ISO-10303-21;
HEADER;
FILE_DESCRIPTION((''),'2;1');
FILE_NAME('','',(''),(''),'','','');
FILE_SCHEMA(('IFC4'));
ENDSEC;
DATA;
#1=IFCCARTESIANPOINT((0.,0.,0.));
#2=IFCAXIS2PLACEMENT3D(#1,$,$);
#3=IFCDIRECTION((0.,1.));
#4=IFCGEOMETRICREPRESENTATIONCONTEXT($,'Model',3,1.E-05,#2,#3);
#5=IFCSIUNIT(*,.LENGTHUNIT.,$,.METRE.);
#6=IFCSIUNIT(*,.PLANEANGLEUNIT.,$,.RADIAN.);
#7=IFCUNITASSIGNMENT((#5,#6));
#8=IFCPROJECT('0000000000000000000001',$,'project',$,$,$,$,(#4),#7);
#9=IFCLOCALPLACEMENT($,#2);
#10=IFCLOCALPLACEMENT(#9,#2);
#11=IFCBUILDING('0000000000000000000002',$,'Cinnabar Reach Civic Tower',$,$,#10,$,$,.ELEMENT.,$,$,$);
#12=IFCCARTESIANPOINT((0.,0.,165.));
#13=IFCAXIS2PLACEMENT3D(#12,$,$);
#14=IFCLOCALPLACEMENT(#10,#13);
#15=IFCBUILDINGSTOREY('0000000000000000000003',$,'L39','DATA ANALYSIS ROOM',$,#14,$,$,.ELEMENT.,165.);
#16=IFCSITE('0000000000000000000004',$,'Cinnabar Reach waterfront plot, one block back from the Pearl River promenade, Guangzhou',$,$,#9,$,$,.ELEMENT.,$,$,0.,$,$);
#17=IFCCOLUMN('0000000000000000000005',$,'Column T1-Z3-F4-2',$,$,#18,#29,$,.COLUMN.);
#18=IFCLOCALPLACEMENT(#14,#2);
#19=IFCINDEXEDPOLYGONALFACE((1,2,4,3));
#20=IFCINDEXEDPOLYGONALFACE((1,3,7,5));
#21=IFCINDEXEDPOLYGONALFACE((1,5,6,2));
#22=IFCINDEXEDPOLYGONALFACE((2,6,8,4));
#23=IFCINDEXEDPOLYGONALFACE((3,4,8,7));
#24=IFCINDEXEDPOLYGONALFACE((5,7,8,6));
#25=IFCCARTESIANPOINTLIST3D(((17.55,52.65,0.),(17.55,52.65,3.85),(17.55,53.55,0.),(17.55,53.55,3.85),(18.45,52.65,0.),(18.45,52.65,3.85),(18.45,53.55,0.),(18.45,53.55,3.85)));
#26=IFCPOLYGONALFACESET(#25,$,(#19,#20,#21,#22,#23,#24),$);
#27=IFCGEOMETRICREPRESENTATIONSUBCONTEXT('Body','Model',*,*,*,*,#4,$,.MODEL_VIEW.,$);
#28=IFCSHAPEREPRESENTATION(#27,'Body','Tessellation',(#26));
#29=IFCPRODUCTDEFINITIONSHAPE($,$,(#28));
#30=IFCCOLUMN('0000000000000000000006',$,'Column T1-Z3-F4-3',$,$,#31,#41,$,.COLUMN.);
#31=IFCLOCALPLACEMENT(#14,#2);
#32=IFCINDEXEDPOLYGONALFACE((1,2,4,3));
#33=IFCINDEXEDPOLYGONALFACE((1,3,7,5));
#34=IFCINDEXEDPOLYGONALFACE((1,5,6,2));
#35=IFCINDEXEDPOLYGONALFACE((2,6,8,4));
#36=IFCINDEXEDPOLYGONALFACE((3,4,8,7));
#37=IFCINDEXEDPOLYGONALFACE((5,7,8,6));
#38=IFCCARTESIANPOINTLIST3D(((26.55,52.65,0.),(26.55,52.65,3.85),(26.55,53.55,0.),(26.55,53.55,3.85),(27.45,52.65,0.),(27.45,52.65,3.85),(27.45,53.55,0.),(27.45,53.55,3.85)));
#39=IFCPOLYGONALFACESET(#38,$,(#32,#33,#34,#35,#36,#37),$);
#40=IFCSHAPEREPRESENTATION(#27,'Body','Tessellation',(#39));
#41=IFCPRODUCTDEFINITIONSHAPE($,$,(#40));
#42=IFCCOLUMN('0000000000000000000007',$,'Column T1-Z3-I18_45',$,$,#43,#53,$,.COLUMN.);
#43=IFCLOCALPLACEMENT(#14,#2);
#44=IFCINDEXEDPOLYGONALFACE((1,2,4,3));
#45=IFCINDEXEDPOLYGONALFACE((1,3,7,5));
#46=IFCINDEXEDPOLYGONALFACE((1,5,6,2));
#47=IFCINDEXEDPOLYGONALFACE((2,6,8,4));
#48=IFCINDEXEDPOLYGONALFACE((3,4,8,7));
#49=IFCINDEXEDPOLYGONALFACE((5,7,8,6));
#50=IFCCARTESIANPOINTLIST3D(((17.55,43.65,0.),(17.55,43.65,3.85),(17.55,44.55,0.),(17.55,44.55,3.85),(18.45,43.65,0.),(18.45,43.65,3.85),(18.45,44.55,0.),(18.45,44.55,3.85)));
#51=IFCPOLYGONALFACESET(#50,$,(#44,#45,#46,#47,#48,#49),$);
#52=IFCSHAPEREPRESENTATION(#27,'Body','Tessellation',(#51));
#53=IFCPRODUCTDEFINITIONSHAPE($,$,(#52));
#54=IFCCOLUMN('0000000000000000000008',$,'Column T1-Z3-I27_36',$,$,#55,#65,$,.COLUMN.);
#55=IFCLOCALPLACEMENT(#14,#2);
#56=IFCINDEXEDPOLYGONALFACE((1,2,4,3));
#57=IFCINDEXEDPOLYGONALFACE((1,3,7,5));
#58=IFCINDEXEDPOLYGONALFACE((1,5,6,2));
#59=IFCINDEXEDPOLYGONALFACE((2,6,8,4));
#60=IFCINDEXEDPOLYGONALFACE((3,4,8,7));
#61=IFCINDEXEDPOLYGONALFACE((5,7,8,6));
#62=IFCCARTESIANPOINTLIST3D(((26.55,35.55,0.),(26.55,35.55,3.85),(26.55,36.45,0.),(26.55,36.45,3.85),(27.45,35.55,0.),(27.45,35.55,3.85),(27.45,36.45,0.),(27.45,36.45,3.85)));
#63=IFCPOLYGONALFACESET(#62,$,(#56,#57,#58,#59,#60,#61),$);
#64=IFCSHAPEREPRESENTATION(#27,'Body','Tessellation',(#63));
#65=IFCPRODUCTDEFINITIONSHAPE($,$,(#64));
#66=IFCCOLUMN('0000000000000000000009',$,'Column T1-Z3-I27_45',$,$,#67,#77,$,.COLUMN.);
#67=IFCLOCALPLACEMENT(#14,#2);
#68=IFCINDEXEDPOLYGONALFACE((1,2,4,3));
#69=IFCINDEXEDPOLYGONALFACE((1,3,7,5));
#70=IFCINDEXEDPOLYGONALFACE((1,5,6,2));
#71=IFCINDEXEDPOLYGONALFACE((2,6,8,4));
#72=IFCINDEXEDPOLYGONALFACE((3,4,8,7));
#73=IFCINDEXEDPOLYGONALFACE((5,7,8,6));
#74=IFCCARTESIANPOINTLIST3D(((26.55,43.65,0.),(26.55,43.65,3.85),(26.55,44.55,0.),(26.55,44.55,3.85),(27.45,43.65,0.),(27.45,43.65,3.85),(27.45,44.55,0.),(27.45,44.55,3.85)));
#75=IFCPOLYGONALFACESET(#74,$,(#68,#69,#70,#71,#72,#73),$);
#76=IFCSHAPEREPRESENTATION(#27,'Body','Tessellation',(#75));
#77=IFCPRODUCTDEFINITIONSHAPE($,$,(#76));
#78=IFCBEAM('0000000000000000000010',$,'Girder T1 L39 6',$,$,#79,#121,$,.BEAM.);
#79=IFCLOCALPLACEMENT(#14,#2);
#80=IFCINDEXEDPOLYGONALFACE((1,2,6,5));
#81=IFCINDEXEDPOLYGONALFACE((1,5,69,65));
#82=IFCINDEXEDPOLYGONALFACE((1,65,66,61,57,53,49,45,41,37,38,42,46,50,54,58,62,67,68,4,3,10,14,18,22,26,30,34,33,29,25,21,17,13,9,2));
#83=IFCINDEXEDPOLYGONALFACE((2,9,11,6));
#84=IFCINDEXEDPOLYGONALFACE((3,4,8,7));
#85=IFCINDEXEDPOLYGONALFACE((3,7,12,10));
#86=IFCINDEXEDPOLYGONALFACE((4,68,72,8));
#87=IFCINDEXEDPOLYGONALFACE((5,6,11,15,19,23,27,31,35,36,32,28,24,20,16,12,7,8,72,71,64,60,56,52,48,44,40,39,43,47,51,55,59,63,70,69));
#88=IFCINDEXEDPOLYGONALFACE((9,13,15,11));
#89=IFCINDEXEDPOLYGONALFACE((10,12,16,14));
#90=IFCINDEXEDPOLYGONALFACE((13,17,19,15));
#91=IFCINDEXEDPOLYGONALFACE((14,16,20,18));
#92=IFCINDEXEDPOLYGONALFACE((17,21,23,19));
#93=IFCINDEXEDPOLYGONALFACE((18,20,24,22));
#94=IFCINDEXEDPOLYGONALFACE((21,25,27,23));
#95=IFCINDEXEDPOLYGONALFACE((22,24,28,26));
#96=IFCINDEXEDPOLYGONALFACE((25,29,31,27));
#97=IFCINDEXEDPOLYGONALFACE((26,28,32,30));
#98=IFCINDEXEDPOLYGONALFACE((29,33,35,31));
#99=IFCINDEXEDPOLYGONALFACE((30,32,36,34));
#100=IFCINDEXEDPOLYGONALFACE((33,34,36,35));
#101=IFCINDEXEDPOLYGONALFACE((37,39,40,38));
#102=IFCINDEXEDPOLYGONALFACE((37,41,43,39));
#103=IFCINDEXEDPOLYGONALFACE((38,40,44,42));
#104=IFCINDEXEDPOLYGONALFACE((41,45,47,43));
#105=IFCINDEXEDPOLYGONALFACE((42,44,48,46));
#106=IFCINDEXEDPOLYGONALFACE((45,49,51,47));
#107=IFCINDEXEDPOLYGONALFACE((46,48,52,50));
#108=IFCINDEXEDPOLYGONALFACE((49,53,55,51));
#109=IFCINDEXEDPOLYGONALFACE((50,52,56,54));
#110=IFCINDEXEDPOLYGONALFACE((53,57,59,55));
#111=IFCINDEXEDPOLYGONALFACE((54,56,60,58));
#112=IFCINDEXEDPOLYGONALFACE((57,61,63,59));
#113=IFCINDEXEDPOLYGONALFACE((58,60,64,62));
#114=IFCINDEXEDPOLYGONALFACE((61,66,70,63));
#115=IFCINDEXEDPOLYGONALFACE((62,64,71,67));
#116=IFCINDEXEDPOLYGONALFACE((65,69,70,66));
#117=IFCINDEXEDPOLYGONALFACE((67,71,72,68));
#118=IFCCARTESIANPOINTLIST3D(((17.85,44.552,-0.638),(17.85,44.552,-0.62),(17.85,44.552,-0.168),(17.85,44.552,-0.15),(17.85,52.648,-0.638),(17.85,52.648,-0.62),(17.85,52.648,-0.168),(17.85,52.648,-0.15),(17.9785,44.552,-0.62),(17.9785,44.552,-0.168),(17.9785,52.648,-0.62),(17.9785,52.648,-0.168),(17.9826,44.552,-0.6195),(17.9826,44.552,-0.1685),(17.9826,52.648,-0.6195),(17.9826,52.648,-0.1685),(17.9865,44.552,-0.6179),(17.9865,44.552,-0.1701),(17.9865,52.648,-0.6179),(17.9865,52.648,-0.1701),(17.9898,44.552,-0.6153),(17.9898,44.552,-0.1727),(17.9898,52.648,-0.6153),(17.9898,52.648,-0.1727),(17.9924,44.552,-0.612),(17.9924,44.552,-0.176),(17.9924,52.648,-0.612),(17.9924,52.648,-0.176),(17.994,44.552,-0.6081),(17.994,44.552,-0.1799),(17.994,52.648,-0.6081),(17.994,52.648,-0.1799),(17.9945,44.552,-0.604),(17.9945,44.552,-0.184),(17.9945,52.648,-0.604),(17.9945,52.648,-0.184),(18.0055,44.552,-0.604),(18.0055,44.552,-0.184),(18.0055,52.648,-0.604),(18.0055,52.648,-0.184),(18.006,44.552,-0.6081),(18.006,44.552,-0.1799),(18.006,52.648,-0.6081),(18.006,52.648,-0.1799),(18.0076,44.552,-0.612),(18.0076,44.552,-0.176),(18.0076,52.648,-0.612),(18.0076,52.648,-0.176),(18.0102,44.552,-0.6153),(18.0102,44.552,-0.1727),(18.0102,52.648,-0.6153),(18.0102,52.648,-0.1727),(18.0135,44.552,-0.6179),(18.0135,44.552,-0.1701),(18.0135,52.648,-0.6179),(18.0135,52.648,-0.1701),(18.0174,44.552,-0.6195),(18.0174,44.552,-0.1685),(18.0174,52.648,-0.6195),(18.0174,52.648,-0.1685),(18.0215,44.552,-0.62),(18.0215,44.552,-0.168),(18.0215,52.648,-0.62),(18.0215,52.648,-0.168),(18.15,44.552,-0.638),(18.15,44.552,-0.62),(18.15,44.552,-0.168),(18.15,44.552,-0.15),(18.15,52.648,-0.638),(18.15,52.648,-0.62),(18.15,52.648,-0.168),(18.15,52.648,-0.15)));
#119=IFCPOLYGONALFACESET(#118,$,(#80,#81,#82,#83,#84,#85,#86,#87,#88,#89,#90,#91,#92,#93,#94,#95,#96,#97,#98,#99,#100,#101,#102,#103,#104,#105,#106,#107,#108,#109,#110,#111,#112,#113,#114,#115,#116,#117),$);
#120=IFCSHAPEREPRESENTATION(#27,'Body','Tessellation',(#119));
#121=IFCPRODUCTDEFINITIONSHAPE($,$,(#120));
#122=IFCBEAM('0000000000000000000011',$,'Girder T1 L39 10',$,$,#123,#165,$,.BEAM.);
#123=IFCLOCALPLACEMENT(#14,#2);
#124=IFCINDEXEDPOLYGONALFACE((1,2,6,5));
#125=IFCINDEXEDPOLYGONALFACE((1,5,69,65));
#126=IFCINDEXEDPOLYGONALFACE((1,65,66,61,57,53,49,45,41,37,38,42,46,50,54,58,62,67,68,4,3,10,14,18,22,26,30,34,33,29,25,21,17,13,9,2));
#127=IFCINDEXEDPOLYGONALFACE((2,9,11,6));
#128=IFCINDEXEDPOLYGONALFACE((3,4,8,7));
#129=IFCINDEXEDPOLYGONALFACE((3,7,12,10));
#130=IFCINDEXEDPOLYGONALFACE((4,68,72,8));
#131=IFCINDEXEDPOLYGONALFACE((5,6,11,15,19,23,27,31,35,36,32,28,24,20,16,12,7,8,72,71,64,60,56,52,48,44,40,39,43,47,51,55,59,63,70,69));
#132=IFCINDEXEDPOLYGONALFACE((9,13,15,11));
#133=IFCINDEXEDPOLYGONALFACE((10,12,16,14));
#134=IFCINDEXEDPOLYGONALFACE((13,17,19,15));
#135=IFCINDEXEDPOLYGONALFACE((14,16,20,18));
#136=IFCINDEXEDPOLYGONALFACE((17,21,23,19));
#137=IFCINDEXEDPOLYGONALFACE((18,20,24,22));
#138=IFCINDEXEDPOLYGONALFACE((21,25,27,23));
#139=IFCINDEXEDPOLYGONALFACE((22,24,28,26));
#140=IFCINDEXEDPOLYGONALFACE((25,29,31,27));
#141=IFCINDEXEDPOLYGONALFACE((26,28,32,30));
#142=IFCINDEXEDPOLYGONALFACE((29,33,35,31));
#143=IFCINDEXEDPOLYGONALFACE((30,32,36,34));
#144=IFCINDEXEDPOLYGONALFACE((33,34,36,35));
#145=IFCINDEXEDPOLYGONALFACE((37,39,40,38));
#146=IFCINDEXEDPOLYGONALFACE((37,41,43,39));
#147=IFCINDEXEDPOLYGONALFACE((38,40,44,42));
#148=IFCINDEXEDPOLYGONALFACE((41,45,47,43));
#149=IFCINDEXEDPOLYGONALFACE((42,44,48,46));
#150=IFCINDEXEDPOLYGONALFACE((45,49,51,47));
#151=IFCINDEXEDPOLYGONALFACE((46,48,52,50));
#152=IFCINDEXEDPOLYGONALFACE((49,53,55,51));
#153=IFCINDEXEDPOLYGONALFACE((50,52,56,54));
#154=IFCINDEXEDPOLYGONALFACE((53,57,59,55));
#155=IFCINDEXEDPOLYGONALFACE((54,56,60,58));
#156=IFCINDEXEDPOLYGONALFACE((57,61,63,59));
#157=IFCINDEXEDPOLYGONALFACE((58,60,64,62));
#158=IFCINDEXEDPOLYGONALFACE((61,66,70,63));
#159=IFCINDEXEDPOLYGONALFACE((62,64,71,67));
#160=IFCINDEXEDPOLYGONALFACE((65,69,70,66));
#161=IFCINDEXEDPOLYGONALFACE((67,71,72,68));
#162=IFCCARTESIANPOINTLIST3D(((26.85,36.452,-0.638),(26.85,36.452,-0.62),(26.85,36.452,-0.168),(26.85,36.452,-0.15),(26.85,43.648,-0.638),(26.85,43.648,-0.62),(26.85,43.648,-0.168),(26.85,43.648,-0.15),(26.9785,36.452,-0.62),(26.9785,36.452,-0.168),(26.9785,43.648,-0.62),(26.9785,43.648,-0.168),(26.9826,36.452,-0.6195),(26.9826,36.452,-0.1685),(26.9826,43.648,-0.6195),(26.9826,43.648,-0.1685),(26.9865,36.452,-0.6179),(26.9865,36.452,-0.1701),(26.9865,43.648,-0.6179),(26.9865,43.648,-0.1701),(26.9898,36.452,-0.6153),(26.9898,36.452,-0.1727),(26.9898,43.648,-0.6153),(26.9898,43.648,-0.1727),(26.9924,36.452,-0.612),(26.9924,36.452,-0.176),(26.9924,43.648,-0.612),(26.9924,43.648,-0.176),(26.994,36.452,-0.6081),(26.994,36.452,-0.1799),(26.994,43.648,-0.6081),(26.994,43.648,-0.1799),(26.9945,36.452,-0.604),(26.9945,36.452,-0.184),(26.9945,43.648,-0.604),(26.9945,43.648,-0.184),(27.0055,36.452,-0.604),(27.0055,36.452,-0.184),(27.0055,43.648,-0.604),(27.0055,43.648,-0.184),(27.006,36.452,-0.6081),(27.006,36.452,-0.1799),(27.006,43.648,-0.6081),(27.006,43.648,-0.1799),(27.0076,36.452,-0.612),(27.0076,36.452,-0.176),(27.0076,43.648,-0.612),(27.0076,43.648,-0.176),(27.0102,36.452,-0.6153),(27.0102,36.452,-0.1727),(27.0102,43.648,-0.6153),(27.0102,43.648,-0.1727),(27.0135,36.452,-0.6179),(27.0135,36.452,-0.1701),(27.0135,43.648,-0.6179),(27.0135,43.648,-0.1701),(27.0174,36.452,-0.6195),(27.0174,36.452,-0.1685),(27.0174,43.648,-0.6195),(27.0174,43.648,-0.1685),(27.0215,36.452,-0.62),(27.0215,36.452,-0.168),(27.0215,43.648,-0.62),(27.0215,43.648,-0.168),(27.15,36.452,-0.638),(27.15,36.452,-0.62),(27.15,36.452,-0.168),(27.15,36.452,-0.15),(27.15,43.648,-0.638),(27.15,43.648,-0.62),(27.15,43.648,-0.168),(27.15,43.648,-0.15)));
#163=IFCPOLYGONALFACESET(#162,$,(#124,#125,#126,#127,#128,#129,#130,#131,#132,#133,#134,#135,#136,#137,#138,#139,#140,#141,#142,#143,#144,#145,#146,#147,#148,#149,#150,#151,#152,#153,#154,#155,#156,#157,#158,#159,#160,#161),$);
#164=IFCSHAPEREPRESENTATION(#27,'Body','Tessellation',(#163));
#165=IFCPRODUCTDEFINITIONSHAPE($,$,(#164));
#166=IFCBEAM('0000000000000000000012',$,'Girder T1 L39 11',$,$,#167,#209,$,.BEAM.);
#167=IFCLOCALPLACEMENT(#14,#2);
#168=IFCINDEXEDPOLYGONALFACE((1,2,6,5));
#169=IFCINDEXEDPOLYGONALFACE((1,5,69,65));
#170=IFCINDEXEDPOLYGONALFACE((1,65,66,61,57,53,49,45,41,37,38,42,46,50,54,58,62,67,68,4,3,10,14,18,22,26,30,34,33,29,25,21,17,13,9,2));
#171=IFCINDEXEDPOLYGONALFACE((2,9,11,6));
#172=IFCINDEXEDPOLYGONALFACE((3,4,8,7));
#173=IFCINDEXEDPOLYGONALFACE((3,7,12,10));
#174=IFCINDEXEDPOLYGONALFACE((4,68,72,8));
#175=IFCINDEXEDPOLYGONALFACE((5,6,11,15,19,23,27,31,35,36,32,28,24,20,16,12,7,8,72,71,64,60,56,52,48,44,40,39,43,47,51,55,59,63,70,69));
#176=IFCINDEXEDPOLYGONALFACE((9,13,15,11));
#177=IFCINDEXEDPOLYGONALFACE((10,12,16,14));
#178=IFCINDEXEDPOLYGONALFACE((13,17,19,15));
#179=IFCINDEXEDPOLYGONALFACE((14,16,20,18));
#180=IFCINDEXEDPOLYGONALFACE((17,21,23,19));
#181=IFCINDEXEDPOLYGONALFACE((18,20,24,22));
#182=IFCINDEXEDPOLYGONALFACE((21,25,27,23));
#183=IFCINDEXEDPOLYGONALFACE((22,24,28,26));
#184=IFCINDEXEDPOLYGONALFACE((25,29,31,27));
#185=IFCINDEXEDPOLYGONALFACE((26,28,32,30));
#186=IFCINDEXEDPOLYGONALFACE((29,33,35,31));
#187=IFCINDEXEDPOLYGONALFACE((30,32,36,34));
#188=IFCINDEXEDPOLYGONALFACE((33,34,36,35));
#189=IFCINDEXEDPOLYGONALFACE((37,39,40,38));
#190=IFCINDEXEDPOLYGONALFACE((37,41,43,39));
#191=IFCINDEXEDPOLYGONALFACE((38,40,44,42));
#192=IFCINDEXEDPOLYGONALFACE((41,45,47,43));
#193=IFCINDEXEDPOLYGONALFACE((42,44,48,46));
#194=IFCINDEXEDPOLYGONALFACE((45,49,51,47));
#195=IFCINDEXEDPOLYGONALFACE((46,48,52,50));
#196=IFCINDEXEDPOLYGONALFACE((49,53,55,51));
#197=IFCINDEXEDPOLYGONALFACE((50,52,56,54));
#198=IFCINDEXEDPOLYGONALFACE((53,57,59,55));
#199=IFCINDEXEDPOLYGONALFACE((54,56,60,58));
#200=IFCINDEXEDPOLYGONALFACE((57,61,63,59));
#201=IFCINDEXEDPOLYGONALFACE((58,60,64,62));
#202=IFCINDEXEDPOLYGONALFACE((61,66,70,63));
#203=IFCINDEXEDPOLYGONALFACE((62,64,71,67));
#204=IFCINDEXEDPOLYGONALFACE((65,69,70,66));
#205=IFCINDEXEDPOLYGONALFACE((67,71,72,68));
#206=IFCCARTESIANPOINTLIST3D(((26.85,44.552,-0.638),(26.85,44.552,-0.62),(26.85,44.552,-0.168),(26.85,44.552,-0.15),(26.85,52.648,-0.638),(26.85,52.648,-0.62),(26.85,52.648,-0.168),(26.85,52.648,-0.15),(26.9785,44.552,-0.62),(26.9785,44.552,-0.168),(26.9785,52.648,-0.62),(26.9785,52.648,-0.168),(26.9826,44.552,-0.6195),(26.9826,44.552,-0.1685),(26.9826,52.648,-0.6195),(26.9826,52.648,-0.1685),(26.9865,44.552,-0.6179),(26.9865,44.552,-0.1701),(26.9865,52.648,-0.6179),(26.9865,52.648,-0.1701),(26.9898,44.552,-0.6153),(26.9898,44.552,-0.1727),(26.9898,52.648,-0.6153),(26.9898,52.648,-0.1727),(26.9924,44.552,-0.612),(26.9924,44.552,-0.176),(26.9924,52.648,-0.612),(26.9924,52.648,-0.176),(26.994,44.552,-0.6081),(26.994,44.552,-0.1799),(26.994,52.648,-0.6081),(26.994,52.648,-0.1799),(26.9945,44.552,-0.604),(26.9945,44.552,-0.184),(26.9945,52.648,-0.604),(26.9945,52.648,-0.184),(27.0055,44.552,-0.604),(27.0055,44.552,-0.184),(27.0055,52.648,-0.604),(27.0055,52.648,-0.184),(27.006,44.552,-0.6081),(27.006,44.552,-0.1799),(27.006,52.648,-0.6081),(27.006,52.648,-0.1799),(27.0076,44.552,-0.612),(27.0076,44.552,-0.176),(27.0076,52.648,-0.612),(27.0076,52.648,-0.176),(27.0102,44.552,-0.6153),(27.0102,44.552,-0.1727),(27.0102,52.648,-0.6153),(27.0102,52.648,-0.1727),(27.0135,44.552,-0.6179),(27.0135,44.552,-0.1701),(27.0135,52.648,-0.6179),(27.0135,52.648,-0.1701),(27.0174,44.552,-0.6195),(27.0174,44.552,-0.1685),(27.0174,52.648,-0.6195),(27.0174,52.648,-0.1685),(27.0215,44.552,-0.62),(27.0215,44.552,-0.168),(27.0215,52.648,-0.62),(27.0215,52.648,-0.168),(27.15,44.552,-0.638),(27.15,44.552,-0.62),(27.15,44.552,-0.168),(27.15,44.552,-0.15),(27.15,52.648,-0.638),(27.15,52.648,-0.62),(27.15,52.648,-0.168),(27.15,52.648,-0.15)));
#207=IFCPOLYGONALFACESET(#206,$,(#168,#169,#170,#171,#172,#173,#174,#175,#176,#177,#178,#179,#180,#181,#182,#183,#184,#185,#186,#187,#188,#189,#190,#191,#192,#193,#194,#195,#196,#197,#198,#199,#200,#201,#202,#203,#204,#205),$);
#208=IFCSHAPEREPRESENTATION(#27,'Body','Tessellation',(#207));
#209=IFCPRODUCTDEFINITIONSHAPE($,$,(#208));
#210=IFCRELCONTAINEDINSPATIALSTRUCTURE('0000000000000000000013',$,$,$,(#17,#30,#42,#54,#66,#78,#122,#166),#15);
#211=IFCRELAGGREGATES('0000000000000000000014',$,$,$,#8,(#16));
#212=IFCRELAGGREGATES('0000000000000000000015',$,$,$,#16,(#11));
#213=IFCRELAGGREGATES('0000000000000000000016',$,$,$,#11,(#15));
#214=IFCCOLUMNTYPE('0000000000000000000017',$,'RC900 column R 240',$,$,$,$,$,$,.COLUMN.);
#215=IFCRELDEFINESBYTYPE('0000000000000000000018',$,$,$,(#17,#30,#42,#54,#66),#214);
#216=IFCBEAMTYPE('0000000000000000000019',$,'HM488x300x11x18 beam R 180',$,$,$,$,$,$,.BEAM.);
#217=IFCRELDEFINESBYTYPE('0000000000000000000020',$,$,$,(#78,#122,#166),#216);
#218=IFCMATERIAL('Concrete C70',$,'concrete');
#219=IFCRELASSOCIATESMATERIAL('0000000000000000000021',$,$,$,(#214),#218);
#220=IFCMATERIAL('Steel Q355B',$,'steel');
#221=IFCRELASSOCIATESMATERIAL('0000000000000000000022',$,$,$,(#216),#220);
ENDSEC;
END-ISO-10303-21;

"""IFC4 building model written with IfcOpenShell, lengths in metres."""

from ifc_helpers import new_model, si_unit, direction, frame, origin, origin_2d, place, context, subcontext, project, spatial, rectangle, i_section, extrude, material, material_profile, profile_set, type_object, element, save


model = new_model("IFC4")

# Units and contexts
model_context = context("Model", 3, precision=1e-05, world=origin(), true_north=direction((0.0, 1.0)))
body_context = subcontext(model_context, "Body", "Model", "MODEL_VIEW")
ifc_project = project(units=[si_unit("LENGTHUNIT", "METRE"), si_unit("PLANEANGLEUNIT", "RADIAN")], contexts=[model_context])

# Site, building, storey
site_placement = place(None, origin())
site = spatial("IfcSite", under=ifc_project, at=site_placement, Name="Cinnabar Reach waterfront plot, one block back from the Pearl River promenade, Guangzhou", CompositionType="ELEMENT", RefElevation=0.0)
building_placement = place(site_placement, origin())
building = spatial("IfcBuilding", under=site, at=building_placement, Name="Cinnabar Reach Civic Tower", CompositionType="ELEMENT")
storey_placement = place(building_placement, frame((0.0, 0.0, 165.0)))
storey = spatial("IfcBuildingStorey", under=building, at=storey_placement, Name="L39", Description="DATA ANALYSIS ROOM", CompositionType="ELEMENT", Elevation=165.0)

# Columns
ifc_material_1 = material(Name="Concrete C70", Category="concrete")
ifc_material_profile_1 = material_profile(ifc_material_1, rectangle(XDim=0.9, YDim=0.9, at=origin_2d()), Name="RC900")
ifc_profile_set_1 = profile_set([ifc_material_profile_1], Name="Concrete C70")
column_type = type_object("IfcColumnType", Name="RC900 column R 240", PredefinedType="COLUMN", material=ifc_profile_set_1)
for number, where, z_axis, x_axis, name in (
    (1, (18.0, 53.1, 0.0), (0.0, 0.0, 1.0), (1.0, 0.0, 0.0), "Column T1-Z3-F4-2"),
    (2, (27.0, 53.1, 0.0), (0.0, 0.0, 1.0), (1.0, 0.0, 0.0), "Column T1-Z3-F4-3"),
    (3, (18.0, 44.1, 0.0), (0.0, 0.0, 1.0), (1.0, 0.0, 0.0), "Column T1-Z3-I18_45"),
    (4, (27.0, 36.0, 0.0), (0.0, 0.0, 1.0), (1.0, 0.0, 0.0), "Column T1-Z3-I27_36"),
    (5, (27.0, 44.1, 0.0), (0.0, 0.0, 1.0), (1.0, 0.0, 0.0), "Column T1-Z3-I27_45"),
):
    element("IfcColumn", number, at=place(storey_placement, frame(where, z_axis=z_axis, x_axis=x_axis)), inside=storey, type_object=column_type, Name=name, PredefinedType="COLUMN", context=body_context, shape_type="SweptSolid", body=[
        extrude(rectangle(XDim=0.9, YDim=0.9, at=origin_2d()), origin(), (0.0, 0.0, 1.0), 3.85),
    ])

# Beams
ifc_material_2 = material(Name="Steel Q355B", Category="steel")
ifc_material_profile_2 = material_profile(ifc_material_2, i_section(OverallWidth=0.3, OverallDepth=0.488, WebThickness=0.011, FlangeThickness=0.018, FilletRadius=0.016, at=origin_2d()), Name="HM488x300x11x18")
ifc_profile_set_2 = profile_set([ifc_material_profile_2], Name="Steel Q355B")
beam_type_1 = type_object("IfcBeamType", Name="HM488x300x11x18 beam R 180", PredefinedType="BEAM", material=ifc_profile_set_2)
beam_1_placement = place(storey_placement, frame((18.0, 44.552, -0.394), z_axis=(0.0, 1.0, 0.0), x_axis=(-1.0, 0.0, 0.0)))
element("IfcBeam", 6, at=beam_1_placement, inside=storey, type_object=beam_type_1, Name="Girder T1 L39 6", PredefinedType="BEAM", context=body_context, shape_type="SweptSolid", body=[
    extrude(i_section(OverallWidth=0.3, OverallDepth=0.488, WebThickness=0.011, FlangeThickness=0.018, FilletRadius=0.016, at=origin_2d()), origin(), (0.0, 0.0, 1.0), 8.096),
])
beam_2_placement = place(storey_placement, frame((27.0, 36.452, -0.394), z_axis=(0.0, 1.0, 0.0), x_axis=(-1.0, 0.0, 0.0)))
element("IfcBeam", 7, at=beam_2_placement, inside=storey, type_object=beam_type_1, Name="Girder T1 L39 10", PredefinedType="BEAM", context=body_context, shape_type="SweptSolid", body=[
    extrude(i_section(OverallWidth=0.3, OverallDepth=0.488, WebThickness=0.011, FlangeThickness=0.018, FilletRadius=0.016, at=origin_2d()), origin(), (0.0, 0.0, 1.0), 7.196),
])
beam_3_placement = place(storey_placement, frame((27.0, 44.552, -0.394), z_axis=(0.0, 1.0, 0.0), x_axis=(-1.0, 0.0, 0.0)))
element("IfcBeam", 8, at=beam_3_placement, inside=storey, type_object=beam_type_1, Name="Girder T1 L39 11", PredefinedType="BEAM", context=body_context, shape_type="SweptSolid", body=[
    extrude(i_section(OverallWidth=0.3, OverallDepth=0.488, WebThickness=0.011, FlangeThickness=0.018, FilletRadius=0.016, at=origin_2d()), origin(), (0.0, 0.0, 1.0), 8.096),
])

save(model, "model.ifc")
